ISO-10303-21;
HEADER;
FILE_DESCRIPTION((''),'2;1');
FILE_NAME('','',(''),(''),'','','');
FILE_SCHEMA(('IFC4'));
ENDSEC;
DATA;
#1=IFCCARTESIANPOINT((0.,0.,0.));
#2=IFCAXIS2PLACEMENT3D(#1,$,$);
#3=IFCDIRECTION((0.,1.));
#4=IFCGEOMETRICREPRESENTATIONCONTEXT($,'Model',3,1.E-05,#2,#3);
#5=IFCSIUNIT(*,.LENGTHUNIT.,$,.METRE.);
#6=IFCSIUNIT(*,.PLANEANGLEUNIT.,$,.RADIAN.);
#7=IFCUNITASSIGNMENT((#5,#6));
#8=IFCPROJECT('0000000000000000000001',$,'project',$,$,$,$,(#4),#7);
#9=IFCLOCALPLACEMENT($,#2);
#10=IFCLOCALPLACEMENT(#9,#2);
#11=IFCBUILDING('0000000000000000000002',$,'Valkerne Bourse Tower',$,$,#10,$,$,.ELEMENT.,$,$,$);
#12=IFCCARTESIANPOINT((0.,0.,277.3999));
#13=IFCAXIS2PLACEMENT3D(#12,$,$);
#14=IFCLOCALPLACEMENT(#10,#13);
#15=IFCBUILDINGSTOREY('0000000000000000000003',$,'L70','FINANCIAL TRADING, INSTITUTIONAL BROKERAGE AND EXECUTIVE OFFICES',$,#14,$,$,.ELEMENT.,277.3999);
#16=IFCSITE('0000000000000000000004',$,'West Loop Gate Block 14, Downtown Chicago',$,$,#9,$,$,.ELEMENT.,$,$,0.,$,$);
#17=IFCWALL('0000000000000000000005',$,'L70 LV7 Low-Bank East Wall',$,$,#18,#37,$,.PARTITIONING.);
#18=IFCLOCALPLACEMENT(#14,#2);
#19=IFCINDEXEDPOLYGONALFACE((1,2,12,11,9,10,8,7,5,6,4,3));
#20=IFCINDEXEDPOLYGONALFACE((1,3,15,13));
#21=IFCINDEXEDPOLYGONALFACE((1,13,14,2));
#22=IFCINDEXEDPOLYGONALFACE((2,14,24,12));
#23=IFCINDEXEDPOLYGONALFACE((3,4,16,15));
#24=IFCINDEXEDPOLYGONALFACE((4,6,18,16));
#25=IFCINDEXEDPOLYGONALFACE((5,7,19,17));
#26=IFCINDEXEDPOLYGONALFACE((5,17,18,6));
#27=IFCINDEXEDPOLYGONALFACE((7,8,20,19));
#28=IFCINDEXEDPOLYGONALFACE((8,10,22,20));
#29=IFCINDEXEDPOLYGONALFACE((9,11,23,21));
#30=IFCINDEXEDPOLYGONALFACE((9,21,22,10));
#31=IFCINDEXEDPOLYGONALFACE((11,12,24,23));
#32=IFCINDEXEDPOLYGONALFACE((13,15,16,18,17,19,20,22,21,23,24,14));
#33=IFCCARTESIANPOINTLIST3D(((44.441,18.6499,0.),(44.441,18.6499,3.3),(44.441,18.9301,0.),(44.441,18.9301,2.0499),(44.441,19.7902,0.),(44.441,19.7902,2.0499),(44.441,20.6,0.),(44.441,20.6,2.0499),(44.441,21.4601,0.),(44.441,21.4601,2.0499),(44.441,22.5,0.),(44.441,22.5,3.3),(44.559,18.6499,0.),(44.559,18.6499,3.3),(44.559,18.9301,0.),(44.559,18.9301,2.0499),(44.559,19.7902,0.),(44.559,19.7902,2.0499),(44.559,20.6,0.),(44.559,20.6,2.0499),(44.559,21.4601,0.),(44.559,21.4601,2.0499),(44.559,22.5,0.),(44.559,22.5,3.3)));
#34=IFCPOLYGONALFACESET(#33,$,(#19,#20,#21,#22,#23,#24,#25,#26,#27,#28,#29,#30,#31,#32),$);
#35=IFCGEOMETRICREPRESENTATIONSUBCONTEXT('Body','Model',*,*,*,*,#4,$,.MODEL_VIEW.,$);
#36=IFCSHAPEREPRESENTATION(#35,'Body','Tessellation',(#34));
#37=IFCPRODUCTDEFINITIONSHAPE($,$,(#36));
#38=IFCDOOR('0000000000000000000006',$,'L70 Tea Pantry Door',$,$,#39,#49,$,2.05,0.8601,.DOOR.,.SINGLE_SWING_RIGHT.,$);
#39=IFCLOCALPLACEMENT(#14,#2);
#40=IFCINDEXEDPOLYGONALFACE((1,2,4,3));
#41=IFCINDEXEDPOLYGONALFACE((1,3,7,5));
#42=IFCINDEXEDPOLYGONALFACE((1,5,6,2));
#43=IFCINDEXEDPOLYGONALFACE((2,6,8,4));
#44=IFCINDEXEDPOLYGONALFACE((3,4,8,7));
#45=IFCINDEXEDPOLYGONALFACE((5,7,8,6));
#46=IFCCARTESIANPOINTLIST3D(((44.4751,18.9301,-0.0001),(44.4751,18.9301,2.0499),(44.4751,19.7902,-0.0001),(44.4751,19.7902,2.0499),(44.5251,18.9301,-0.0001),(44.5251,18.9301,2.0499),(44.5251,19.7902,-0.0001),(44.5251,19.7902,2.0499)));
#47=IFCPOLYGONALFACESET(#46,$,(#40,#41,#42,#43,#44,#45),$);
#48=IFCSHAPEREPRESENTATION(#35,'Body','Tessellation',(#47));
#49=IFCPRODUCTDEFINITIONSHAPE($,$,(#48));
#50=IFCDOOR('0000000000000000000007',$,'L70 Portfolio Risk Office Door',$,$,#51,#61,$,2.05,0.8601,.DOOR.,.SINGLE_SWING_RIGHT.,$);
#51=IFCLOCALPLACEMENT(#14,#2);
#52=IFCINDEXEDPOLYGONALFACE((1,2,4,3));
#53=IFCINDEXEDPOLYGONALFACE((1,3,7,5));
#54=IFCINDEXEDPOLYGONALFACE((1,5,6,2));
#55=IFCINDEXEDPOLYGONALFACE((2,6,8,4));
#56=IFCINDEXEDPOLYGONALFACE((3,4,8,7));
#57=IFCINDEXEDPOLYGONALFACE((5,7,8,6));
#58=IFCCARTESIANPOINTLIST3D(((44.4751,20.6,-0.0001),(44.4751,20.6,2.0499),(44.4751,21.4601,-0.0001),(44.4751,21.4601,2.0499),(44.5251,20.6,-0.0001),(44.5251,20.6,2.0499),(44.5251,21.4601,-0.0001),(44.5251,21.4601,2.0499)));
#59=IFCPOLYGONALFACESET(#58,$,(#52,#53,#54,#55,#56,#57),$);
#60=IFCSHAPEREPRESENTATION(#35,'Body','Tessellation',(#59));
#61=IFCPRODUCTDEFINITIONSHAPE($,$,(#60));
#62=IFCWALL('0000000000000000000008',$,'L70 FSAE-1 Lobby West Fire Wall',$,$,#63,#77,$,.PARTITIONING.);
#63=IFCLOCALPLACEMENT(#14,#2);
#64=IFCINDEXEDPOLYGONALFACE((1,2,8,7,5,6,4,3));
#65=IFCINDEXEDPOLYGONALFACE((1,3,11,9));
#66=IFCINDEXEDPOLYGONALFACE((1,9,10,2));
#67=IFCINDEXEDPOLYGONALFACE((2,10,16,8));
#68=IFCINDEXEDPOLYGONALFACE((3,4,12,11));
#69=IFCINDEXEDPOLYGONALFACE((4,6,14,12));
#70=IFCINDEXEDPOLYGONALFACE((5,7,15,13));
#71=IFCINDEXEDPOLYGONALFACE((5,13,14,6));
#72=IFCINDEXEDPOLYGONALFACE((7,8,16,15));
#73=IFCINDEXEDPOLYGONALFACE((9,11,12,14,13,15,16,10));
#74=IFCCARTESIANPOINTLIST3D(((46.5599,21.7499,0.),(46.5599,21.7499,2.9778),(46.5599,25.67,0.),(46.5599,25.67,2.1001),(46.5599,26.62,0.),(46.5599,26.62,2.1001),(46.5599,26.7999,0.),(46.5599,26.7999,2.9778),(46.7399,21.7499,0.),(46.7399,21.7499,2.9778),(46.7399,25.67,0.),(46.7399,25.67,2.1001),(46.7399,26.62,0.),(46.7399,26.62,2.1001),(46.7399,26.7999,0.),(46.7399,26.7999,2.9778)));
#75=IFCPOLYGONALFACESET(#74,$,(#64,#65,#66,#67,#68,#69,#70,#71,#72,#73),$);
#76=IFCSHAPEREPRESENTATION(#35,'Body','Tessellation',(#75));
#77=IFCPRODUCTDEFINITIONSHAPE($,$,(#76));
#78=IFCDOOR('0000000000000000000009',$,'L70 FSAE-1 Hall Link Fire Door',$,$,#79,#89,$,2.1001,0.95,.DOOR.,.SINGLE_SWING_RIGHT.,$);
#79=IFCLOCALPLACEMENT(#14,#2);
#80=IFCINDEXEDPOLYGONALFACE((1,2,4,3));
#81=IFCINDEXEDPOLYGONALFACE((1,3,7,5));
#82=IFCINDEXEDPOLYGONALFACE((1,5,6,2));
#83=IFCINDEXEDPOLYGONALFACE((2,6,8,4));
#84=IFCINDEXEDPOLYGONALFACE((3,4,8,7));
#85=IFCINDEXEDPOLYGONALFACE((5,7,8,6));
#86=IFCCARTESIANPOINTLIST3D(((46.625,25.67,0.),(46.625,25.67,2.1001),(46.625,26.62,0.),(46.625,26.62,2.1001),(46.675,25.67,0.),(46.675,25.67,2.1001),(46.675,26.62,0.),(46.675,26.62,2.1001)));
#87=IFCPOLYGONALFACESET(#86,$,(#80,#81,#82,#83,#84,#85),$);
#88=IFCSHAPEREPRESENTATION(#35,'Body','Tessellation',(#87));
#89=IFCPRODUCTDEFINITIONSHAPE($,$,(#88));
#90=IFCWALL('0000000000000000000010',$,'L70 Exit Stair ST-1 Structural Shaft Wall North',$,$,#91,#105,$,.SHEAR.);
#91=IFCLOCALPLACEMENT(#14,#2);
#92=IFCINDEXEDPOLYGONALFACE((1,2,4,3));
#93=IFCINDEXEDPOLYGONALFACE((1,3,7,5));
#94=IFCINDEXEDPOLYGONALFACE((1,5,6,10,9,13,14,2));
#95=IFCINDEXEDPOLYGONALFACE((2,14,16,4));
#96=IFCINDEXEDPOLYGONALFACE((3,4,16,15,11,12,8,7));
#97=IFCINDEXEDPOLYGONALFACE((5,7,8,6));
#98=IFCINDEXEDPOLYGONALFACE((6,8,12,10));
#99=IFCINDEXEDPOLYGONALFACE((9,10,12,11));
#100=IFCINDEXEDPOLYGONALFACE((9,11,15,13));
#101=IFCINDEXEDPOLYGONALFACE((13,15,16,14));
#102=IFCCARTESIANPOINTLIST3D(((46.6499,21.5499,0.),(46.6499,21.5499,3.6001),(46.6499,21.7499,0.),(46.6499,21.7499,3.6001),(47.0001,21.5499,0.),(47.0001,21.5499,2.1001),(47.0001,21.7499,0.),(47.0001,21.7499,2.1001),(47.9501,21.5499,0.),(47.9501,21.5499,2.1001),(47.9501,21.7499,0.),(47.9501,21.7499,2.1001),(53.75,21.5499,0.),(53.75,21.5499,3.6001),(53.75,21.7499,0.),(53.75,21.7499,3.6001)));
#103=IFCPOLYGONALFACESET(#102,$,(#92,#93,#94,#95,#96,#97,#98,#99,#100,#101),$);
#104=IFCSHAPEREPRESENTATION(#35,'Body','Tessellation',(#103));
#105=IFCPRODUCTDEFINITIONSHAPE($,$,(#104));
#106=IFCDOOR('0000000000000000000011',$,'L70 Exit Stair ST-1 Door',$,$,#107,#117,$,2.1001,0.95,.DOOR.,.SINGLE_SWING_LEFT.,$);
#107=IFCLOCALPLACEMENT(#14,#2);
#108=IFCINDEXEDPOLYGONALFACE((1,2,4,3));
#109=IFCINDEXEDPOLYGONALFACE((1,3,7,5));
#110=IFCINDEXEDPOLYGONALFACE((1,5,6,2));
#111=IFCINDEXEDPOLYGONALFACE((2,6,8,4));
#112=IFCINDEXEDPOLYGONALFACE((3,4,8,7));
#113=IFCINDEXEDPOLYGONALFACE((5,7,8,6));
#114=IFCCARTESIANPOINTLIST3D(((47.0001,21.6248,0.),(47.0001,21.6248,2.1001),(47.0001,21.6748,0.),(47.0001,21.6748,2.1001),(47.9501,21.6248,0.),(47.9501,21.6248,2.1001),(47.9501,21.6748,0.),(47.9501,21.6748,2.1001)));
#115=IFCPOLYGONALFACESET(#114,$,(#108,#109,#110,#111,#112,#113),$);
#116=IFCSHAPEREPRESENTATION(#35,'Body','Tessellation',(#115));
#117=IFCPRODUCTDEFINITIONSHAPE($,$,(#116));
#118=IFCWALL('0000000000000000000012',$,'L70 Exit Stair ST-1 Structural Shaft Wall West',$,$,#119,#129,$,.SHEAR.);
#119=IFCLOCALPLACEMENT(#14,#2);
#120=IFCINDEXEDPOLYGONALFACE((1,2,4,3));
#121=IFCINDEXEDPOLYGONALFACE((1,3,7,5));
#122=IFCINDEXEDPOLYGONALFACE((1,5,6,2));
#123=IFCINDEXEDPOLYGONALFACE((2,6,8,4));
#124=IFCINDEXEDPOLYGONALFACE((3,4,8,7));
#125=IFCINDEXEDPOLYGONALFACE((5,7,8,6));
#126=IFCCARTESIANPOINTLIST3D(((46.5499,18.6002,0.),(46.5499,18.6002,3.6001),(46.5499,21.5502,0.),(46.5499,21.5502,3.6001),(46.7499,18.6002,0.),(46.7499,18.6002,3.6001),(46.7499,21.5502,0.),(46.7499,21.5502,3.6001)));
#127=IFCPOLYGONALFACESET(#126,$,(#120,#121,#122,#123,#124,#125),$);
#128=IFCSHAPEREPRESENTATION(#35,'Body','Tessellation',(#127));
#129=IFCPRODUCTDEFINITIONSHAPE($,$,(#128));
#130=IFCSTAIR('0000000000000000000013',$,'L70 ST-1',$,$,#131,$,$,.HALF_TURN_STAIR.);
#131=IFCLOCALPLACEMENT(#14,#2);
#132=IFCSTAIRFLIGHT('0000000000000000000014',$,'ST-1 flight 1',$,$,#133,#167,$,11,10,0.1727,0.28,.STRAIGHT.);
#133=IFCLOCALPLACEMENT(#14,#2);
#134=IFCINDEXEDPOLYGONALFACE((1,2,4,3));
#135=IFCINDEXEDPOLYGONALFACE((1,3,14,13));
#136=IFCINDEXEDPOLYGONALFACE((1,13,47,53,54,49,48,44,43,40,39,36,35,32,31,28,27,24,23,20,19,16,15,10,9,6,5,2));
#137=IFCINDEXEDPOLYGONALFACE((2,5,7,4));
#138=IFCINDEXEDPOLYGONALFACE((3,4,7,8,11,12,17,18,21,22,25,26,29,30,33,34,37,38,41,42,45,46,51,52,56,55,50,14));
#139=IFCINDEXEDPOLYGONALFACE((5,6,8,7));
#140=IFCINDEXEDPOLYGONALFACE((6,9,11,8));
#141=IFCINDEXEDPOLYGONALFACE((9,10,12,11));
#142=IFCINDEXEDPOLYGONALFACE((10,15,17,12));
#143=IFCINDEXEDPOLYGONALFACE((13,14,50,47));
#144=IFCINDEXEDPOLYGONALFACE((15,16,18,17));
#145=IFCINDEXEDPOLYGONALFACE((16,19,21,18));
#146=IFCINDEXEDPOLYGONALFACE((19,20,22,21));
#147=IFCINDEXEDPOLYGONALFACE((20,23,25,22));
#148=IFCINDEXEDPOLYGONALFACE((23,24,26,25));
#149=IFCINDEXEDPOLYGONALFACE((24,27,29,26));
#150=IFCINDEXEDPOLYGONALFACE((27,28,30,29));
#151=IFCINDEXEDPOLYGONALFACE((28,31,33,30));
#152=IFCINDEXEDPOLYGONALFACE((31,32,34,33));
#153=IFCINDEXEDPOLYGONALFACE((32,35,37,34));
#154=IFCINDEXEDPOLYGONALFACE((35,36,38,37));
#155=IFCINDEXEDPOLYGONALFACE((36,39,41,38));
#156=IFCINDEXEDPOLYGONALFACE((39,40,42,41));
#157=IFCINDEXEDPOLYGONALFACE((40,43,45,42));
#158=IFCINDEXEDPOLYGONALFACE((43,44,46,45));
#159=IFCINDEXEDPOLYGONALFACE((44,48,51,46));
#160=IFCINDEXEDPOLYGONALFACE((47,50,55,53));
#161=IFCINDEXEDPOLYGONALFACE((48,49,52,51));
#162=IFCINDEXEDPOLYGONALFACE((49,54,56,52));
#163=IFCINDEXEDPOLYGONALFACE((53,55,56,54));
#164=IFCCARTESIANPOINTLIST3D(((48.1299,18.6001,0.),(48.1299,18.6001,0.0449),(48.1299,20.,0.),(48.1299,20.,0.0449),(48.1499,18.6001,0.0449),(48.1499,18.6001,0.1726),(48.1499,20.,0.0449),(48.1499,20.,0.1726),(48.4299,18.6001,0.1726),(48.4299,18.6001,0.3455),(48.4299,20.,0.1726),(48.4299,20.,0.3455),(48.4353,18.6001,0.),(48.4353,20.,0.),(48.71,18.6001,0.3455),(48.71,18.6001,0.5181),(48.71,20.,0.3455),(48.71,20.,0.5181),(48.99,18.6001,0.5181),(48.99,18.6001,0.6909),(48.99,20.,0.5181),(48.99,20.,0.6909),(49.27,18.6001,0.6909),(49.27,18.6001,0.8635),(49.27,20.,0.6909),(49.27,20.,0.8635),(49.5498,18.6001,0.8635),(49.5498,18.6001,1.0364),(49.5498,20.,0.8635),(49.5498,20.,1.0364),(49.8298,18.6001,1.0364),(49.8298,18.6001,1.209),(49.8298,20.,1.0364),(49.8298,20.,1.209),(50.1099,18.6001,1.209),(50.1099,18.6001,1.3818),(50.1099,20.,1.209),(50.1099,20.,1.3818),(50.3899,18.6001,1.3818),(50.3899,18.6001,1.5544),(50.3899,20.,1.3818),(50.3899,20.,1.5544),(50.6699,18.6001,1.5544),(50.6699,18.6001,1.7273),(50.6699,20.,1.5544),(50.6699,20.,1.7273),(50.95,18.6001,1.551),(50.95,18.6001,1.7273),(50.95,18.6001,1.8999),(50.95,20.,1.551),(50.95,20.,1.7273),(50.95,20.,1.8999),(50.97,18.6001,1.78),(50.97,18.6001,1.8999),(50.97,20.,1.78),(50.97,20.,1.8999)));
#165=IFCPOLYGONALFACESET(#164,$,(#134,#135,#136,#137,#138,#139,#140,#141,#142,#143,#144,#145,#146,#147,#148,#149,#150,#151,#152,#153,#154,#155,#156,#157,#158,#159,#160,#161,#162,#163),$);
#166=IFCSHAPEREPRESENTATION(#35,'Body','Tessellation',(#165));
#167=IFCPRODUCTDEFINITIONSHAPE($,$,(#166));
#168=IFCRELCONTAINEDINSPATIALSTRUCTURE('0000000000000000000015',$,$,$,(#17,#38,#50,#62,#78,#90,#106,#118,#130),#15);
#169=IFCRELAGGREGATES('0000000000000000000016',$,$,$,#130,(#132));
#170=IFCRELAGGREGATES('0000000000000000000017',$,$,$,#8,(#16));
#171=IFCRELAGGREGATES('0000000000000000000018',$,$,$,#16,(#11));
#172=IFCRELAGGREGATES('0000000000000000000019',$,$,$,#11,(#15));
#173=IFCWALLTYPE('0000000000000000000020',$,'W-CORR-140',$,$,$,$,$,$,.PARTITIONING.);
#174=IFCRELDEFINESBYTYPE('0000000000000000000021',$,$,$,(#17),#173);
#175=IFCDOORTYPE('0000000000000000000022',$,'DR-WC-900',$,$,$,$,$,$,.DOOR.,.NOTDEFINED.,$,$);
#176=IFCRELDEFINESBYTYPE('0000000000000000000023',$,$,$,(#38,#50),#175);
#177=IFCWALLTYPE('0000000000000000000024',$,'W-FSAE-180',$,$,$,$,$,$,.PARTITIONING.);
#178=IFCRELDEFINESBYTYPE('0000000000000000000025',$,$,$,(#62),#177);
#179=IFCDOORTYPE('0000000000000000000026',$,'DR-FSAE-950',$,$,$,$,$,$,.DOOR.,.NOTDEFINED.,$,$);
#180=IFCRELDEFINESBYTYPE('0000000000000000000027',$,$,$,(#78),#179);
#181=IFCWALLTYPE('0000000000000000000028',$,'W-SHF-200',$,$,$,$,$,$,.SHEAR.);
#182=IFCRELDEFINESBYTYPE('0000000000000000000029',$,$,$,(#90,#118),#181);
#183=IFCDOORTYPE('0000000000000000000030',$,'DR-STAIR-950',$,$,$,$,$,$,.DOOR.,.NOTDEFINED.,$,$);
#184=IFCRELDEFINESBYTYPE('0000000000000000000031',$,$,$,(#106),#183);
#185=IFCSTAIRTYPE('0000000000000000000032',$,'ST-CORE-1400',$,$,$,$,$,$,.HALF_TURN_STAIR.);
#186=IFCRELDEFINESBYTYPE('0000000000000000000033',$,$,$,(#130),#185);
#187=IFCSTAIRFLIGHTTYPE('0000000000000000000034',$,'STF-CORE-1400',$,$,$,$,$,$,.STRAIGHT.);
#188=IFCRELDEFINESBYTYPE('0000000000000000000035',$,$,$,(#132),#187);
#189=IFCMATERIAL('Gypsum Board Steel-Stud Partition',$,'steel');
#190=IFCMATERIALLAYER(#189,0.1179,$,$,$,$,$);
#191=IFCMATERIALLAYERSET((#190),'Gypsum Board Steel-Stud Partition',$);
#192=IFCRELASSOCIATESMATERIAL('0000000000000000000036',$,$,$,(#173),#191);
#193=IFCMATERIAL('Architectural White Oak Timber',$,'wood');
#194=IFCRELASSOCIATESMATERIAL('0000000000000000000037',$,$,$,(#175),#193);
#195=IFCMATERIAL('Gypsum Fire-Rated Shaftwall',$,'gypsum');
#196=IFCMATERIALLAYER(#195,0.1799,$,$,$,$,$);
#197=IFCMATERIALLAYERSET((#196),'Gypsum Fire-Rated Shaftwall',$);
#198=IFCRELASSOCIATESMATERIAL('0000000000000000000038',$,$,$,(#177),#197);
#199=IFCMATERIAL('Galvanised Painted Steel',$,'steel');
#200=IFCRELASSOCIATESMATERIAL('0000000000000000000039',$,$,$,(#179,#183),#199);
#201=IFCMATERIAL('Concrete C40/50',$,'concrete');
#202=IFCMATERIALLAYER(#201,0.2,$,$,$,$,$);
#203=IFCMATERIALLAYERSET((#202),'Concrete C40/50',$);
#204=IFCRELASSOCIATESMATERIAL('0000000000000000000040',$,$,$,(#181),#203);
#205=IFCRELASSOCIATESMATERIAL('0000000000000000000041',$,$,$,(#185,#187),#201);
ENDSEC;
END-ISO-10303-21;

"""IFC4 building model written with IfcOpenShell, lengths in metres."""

from ifc_helpers import new_model, si_unit, direction, frame, frame_2d, origin, place, context, subcontext, project, spatial, polyline, rectangle, outline, extrude, material, layer, layer_set, type_object, element, fill, aggregate, save


model = new_model("IFC4")

# Units and contexts
model_context = context("Model", 3, precision=1e-05, world=origin(), true_north=direction((0.0, 1.0)))
body_context = subcontext(model_context, "Body", "Model", "MODEL_VIEW")
ifc_project = project(units=[si_unit("LENGTHUNIT", "METRE"), si_unit("PLANEANGLEUNIT", "RADIAN")], contexts=[model_context])

# Site, building, storey
site_placement = place(None, origin())
site = spatial("IfcSite", under=ifc_project, at=site_placement, Name="West Loop Gate Block 14, Downtown Chicago", CompositionType="ELEMENT", RefElevation=0.0)
building_placement = place(site_placement, origin())
building = spatial("IfcBuilding", under=site, at=building_placement, Name="Valkerne Bourse Tower", CompositionType="ELEMENT")
storey_placement = place(building_placement, frame((0.0, 0.0, 277.3999)))
storey = spatial("IfcBuildingStorey", under=building, at=storey_placement, Name="L70", Description="FINANCIAL TRADING, INSTITUTIONAL BROKERAGE AND EXECUTIVE OFFICES", CompositionType="ELEMENT", Elevation=277.3999)

# Wall, openings, doors
ifc_material_1 = material(Name="Gypsum Board Steel-Stud Partition", Category="steel")
ifc_layer_1 = layer(ifc_material_1, 0.1179)
ifc_layer_set_1 = layer_set([ifc_layer_1], Name="Gypsum Board Steel-Stud Partition")
wall_type_1 = type_object("IfcWallType", Name="W-CORR-140", PredefinedType="PARTITIONING", material=ifc_layer_set_1)
wall_1_placement = place(storey_placement, frame((44.5, 18.6499, 0.0), z_axis=(0.0, 0.0, 1.0), x_axis=(0.0, 1.0, 0.0)))
wall_1 = element("IfcWall", 1, at=wall_1_placement, inside=storey, type_object=wall_type_1, Name="L70 LV7 Low-Bank East Wall", PredefinedType="PARTITIONING", context=body_context, shape_type="SweptSolid", body=[
    extrude(rectangle(XDim=3.8501, YDim=0.1179, at=frame_2d((1.925, 0.0))), origin(), (0.0, 0.0, 1.0), 3.3),
])
opening_1_placement = place(wall_1_placement, frame((0.28, 0.0, 0.0)))
opening_1 = element("IfcOpeningElement", 2, at=opening_1_placement, cuts=wall_1, PredefinedType="OPENING", context=body_context, shape_type="SweptSolid", body=[
    extrude(rectangle(XDim=0.8601, YDim=2.05, at=frame_2d((0.4302, 1.0249))), frame((0.0, 0.0688, 0.0), z_axis=(0.0, -1.0, 0.0), x_axis=(1.0, 0.0, 0.0)), (0.0, 0.0, 1.0), 0.1379),
])
opening_2_placement = place(wall_1_placement, frame((1.95, 0.0, 0.0)))
opening_2 = element("IfcOpeningElement", 3, at=opening_2_placement, cuts=wall_1, PredefinedType="OPENING", context=body_context, shape_type="SweptSolid", body=[
    extrude(rectangle(XDim=0.8601, YDim=2.05, at=frame_2d((0.4302, 1.0249))), frame((0.0, 0.0688, 0.0), z_axis=(0.0, -1.0, 0.0), x_axis=(1.0, 0.0, 0.0)), (0.0, 0.0, 1.0), 0.1379),
])
ifc_material_2 = material(Name="Architectural White Oak Timber", Category="wood")
door_type_1 = type_object("IfcDoorType", Name="DR-WC-900", OperationType="NOTDEFINED", PredefinedType="DOOR", material=ifc_material_2)
door_1_placement = place(opening_1_placement, origin())
door_1 = element("IfcDoor", 4, at=door_1_placement, inside=storey, type_object=door_type_1, Name="L70 Tea Pantry Door", OperationType="SINGLE_SWING_RIGHT", OverallHeight=2.05, OverallWidth=0.8601, PredefinedType="DOOR", context=body_context, shape_type="SweptSolid", body=[
    extrude(rectangle(XDim=0.8601, YDim=2.05, at=frame_2d((0.4302, 1.0249))), frame((0.0, 0.0249, 0.0), z_axis=(0.0, -1.0, 0.0), x_axis=(1.0, 0.0, 0.0)), (0.0, 0.0, 1.0), 0.05),
])
fill(opening_1, door_1)
door_2_placement = place(opening_2_placement, origin())
door_2 = element("IfcDoor", 5, at=door_2_placement, inside=storey, type_object=door_type_1, Name="L70 Portfolio Risk Office Door", OperationType="SINGLE_SWING_RIGHT", OverallHeight=2.05, OverallWidth=0.8601, PredefinedType="DOOR", context=body_context, shape_type="SweptSolid", body=[
    extrude(rectangle(XDim=0.8601, YDim=2.05, at=frame_2d((0.4302, 1.0249))), frame((0.0, 0.0249, 0.0), z_axis=(0.0, -1.0, 0.0), x_axis=(1.0, 0.0, 0.0)), (0.0, 0.0, 1.0), 0.05),
])
fill(opening_2, door_2)

# Wall, opening, door
ifc_material_3 = material(Name="Gypsum Fire-Rated Shaftwall", Category="gypsum")
ifc_layer_2 = layer(ifc_material_3, 0.1799)
ifc_layer_set_2 = layer_set([ifc_layer_2], Name="Gypsum Fire-Rated Shaftwall")
wall_type_2 = type_object("IfcWallType", Name="W-FSAE-180", PredefinedType="PARTITIONING", material=ifc_layer_set_2)
wall_2_placement = place(storey_placement, frame((46.6499, 21.75, 0.0), z_axis=(0.0, 0.0, 1.0), x_axis=(0.0, 1.0, 0.0)))
wall_2 = element("IfcWall", 6, at=wall_2_placement, inside=storey, type_object=wall_type_2, Name="L70 FSAE-1 Lobby West Fire Wall", PredefinedType="PARTITIONING", context=body_context, shape_type="SweptSolid", body=[
    extrude(rectangle(XDim=5.05, YDim=0.1799, at=frame_2d((2.5249, 0.0))), origin(), (0.0, 0.0, 1.0), 2.9778),
])
opening_3_placement = place(wall_2_placement, frame((3.9199, 0.0, 0.0)))
opening_3 = element("IfcOpeningElement", 7, at=opening_3_placement, cuts=wall_2, PredefinedType="OPENING", context=body_context, shape_type="SweptSolid", body=[
    extrude(rectangle(XDim=0.95, YDim=2.1001, at=frame_2d((0.4751, 1.05))), frame((0.0, 0.0999, 0.0), z_axis=(0.0, -1.0, 0.0), x_axis=(1.0, 0.0, 0.0)), (0.0, 0.0, 1.0), 0.2),
])
ifc_material_4 = material(Name="Galvanised Painted Steel", Category="steel")
door_type_2 = type_object("IfcDoorType", Name="DR-FSAE-950", OperationType="NOTDEFINED", PredefinedType="DOOR", material=ifc_material_4)
door_3_placement = place(opening_3_placement, origin())
door_3 = element("IfcDoor", 8, at=door_3_placement, inside=storey, type_object=door_type_2, Name="L70 FSAE-1 Hall Link Fire Door", OperationType="SINGLE_SWING_RIGHT", OverallHeight=2.1001, OverallWidth=0.95, PredefinedType="DOOR", context=body_context, shape_type="SweptSolid", body=[
    extrude(rectangle(XDim=0.95, YDim=2.1001, at=frame_2d((0.4751, 1.05))), frame((0.0, 0.0249, 0.0), z_axis=(0.0, -1.0, 0.0), x_axis=(1.0, 0.0, 0.0)), (0.0, 0.0, 1.0), 0.05),
])
fill(opening_3, door_3)

# Wall, opening, door
ifc_material_5 = material(Name="Concrete C40/50", Category="concrete")
ifc_layer_3 = layer(ifc_material_5, 0.2)
ifc_layer_set_3 = layer_set([ifc_layer_3], Name="Concrete C40/50")
wall_type_3 = type_object("IfcWallType", Name="W-SHF-200", PredefinedType="SHEAR", material=ifc_layer_set_3)
wall_3_placement = place(storey_placement, frame((46.6499, 21.6499, 0.0), z_axis=(0.0, 0.0, 1.0), x_axis=(1.0, 0.0, 0.0)))
wall_3 = element("IfcWall", 9, at=wall_3_placement, inside=storey, type_object=wall_type_3, Name="L70 Exit Stair ST-1 Structural Shaft Wall North", PredefinedType="SHEAR", context=body_context, shape_type="SweptSolid", body=[
    extrude(rectangle(XDim=7.1001, YDim=0.2, at=frame_2d((3.55, 0.0))), origin(), (0.0, 0.0, 1.0), 3.6001),
])
opening_4_placement = place(wall_3_placement, frame((0.3501, 0.0, 0.0)))
opening_4 = element("IfcOpeningElement", 10, at=opening_4_placement, cuts=wall_3, PredefinedType="OPENING", context=body_context, shape_type="SweptSolid", body=[
    extrude(rectangle(XDim=0.95, YDim=2.1001, at=frame_2d((0.4751, 1.05))), frame((0.0, 0.1099, 0.0), z_axis=(0.0, -1.0, 0.0), x_axis=(1.0, 0.0, 0.0)), (0.0, 0.0, 1.0), 0.22),
])
door_type_3 = type_object("IfcDoorType", Name="DR-STAIR-950", OperationType="NOTDEFINED", PredefinedType="DOOR", material=ifc_material_4)
door_4_placement = place(opening_4_placement, origin())
door_4 = element("IfcDoor", 11, at=door_4_placement, inside=storey, type_object=door_type_3, Name="L70 Exit Stair ST-1 Door", OperationType="SINGLE_SWING_LEFT", OverallHeight=2.1001, OverallWidth=0.95, PredefinedType="DOOR", context=body_context, shape_type="SweptSolid", body=[
    extrude(rectangle(XDim=0.95, YDim=2.1001, at=frame_2d((0.4751, 1.05))), frame((0.0, 0.0249, 0.0), z_axis=(0.0, -1.0, 0.0), x_axis=(1.0, 0.0, 0.0)), (0.0, 0.0, 1.0), 0.05),
])
fill(opening_4, door_4)

# Wall
wall_4_placement = place(storey_placement, frame((46.6499, 18.6001, 0.0), z_axis=(0.0, 0.0, 1.0), x_axis=(0.0, 1.0, 0.0)))
element("IfcWall", 12, at=wall_4_placement, inside=storey, type_object=wall_type_3, Name="L70 Exit Stair ST-1 Structural Shaft Wall West", PredefinedType="SHEAR", context=body_context, shape_type="SweptSolid", body=[
    extrude(rectangle(XDim=2.95, YDim=0.2, at=frame_2d((1.4751, 0.0))), origin(), (0.0, 0.0, 1.0), 3.6001),
])

# Stair, stair flight
stair_type = type_object("IfcStairType", Name="ST-CORE-1400", PredefinedType="HALF_TURN_STAIR", material=ifc_material_5)
stair_placement = place(storey_placement, origin())
stair = element("IfcStair", 13, at=stair_placement, inside=storey, type_object=stair_type, Name="L70 ST-1", PredefinedType="HALF_TURN_STAIR")
stair_flight_type = type_object("IfcStairFlightType", Name="STF-CORE-1400", PredefinedType="STRAIGHT", material=ifc_material_5)
stair_flight_1_placement = place(storey_placement, frame((48.1499, 19.3, 0.0), z_axis=(0.0, 0.0, 1.0), x_axis=(1.0, 0.0, 0.0)))
stair_flight_1 = element("IfcStairFlight", 14, at=stair_flight_1_placement, type_object=stair_flight_type, Name="ST-1 flight 1", NumberOfRisers=11, NumberOfTreads=10, PredefinedType="STRAIGHT", RiserHeight=0.1727, TreadLength=0.28, context=body_context, shape_type="SweptSolid", body=[
    extrude(outline(polyline([(-0.02, 0.0), (-0.02, 0.0449), (0.0, 0.0449), (0.0, 0.1726), (0.28, 0.1726), (0.28, 0.3455), (0.5601, 0.3455), (0.5601, 0.5181), (0.8401, 0.5181), (0.8401, 0.6909), (1.1201, 0.6909), (1.1201, 0.8635), (1.3999, 0.8635), (1.3999, 1.0364), (1.6799, 1.0364), (1.6799, 1.209), (1.96, 1.209), (1.96, 1.3818), (2.24, 1.3818), (2.24, 1.5544), (2.52, 1.5544), (2.52, 1.7273), (2.8, 1.7273), (2.8, 1.8999), (2.8201, 1.8999), (2.8201, 1.78), (2.8, 1.551), (0.2854, 0.0), (-0.02, 0.0)])), frame((0.0, 0.7, 0.0), z_axis=(0.0, -1.0, 0.0), x_axis=(1.0, 0.0, 0.0)), (0.0, 0.0, 1.0), 1.3999),
])
aggregate(stair, [stair_flight_1])

save(model, "model.ifc")
